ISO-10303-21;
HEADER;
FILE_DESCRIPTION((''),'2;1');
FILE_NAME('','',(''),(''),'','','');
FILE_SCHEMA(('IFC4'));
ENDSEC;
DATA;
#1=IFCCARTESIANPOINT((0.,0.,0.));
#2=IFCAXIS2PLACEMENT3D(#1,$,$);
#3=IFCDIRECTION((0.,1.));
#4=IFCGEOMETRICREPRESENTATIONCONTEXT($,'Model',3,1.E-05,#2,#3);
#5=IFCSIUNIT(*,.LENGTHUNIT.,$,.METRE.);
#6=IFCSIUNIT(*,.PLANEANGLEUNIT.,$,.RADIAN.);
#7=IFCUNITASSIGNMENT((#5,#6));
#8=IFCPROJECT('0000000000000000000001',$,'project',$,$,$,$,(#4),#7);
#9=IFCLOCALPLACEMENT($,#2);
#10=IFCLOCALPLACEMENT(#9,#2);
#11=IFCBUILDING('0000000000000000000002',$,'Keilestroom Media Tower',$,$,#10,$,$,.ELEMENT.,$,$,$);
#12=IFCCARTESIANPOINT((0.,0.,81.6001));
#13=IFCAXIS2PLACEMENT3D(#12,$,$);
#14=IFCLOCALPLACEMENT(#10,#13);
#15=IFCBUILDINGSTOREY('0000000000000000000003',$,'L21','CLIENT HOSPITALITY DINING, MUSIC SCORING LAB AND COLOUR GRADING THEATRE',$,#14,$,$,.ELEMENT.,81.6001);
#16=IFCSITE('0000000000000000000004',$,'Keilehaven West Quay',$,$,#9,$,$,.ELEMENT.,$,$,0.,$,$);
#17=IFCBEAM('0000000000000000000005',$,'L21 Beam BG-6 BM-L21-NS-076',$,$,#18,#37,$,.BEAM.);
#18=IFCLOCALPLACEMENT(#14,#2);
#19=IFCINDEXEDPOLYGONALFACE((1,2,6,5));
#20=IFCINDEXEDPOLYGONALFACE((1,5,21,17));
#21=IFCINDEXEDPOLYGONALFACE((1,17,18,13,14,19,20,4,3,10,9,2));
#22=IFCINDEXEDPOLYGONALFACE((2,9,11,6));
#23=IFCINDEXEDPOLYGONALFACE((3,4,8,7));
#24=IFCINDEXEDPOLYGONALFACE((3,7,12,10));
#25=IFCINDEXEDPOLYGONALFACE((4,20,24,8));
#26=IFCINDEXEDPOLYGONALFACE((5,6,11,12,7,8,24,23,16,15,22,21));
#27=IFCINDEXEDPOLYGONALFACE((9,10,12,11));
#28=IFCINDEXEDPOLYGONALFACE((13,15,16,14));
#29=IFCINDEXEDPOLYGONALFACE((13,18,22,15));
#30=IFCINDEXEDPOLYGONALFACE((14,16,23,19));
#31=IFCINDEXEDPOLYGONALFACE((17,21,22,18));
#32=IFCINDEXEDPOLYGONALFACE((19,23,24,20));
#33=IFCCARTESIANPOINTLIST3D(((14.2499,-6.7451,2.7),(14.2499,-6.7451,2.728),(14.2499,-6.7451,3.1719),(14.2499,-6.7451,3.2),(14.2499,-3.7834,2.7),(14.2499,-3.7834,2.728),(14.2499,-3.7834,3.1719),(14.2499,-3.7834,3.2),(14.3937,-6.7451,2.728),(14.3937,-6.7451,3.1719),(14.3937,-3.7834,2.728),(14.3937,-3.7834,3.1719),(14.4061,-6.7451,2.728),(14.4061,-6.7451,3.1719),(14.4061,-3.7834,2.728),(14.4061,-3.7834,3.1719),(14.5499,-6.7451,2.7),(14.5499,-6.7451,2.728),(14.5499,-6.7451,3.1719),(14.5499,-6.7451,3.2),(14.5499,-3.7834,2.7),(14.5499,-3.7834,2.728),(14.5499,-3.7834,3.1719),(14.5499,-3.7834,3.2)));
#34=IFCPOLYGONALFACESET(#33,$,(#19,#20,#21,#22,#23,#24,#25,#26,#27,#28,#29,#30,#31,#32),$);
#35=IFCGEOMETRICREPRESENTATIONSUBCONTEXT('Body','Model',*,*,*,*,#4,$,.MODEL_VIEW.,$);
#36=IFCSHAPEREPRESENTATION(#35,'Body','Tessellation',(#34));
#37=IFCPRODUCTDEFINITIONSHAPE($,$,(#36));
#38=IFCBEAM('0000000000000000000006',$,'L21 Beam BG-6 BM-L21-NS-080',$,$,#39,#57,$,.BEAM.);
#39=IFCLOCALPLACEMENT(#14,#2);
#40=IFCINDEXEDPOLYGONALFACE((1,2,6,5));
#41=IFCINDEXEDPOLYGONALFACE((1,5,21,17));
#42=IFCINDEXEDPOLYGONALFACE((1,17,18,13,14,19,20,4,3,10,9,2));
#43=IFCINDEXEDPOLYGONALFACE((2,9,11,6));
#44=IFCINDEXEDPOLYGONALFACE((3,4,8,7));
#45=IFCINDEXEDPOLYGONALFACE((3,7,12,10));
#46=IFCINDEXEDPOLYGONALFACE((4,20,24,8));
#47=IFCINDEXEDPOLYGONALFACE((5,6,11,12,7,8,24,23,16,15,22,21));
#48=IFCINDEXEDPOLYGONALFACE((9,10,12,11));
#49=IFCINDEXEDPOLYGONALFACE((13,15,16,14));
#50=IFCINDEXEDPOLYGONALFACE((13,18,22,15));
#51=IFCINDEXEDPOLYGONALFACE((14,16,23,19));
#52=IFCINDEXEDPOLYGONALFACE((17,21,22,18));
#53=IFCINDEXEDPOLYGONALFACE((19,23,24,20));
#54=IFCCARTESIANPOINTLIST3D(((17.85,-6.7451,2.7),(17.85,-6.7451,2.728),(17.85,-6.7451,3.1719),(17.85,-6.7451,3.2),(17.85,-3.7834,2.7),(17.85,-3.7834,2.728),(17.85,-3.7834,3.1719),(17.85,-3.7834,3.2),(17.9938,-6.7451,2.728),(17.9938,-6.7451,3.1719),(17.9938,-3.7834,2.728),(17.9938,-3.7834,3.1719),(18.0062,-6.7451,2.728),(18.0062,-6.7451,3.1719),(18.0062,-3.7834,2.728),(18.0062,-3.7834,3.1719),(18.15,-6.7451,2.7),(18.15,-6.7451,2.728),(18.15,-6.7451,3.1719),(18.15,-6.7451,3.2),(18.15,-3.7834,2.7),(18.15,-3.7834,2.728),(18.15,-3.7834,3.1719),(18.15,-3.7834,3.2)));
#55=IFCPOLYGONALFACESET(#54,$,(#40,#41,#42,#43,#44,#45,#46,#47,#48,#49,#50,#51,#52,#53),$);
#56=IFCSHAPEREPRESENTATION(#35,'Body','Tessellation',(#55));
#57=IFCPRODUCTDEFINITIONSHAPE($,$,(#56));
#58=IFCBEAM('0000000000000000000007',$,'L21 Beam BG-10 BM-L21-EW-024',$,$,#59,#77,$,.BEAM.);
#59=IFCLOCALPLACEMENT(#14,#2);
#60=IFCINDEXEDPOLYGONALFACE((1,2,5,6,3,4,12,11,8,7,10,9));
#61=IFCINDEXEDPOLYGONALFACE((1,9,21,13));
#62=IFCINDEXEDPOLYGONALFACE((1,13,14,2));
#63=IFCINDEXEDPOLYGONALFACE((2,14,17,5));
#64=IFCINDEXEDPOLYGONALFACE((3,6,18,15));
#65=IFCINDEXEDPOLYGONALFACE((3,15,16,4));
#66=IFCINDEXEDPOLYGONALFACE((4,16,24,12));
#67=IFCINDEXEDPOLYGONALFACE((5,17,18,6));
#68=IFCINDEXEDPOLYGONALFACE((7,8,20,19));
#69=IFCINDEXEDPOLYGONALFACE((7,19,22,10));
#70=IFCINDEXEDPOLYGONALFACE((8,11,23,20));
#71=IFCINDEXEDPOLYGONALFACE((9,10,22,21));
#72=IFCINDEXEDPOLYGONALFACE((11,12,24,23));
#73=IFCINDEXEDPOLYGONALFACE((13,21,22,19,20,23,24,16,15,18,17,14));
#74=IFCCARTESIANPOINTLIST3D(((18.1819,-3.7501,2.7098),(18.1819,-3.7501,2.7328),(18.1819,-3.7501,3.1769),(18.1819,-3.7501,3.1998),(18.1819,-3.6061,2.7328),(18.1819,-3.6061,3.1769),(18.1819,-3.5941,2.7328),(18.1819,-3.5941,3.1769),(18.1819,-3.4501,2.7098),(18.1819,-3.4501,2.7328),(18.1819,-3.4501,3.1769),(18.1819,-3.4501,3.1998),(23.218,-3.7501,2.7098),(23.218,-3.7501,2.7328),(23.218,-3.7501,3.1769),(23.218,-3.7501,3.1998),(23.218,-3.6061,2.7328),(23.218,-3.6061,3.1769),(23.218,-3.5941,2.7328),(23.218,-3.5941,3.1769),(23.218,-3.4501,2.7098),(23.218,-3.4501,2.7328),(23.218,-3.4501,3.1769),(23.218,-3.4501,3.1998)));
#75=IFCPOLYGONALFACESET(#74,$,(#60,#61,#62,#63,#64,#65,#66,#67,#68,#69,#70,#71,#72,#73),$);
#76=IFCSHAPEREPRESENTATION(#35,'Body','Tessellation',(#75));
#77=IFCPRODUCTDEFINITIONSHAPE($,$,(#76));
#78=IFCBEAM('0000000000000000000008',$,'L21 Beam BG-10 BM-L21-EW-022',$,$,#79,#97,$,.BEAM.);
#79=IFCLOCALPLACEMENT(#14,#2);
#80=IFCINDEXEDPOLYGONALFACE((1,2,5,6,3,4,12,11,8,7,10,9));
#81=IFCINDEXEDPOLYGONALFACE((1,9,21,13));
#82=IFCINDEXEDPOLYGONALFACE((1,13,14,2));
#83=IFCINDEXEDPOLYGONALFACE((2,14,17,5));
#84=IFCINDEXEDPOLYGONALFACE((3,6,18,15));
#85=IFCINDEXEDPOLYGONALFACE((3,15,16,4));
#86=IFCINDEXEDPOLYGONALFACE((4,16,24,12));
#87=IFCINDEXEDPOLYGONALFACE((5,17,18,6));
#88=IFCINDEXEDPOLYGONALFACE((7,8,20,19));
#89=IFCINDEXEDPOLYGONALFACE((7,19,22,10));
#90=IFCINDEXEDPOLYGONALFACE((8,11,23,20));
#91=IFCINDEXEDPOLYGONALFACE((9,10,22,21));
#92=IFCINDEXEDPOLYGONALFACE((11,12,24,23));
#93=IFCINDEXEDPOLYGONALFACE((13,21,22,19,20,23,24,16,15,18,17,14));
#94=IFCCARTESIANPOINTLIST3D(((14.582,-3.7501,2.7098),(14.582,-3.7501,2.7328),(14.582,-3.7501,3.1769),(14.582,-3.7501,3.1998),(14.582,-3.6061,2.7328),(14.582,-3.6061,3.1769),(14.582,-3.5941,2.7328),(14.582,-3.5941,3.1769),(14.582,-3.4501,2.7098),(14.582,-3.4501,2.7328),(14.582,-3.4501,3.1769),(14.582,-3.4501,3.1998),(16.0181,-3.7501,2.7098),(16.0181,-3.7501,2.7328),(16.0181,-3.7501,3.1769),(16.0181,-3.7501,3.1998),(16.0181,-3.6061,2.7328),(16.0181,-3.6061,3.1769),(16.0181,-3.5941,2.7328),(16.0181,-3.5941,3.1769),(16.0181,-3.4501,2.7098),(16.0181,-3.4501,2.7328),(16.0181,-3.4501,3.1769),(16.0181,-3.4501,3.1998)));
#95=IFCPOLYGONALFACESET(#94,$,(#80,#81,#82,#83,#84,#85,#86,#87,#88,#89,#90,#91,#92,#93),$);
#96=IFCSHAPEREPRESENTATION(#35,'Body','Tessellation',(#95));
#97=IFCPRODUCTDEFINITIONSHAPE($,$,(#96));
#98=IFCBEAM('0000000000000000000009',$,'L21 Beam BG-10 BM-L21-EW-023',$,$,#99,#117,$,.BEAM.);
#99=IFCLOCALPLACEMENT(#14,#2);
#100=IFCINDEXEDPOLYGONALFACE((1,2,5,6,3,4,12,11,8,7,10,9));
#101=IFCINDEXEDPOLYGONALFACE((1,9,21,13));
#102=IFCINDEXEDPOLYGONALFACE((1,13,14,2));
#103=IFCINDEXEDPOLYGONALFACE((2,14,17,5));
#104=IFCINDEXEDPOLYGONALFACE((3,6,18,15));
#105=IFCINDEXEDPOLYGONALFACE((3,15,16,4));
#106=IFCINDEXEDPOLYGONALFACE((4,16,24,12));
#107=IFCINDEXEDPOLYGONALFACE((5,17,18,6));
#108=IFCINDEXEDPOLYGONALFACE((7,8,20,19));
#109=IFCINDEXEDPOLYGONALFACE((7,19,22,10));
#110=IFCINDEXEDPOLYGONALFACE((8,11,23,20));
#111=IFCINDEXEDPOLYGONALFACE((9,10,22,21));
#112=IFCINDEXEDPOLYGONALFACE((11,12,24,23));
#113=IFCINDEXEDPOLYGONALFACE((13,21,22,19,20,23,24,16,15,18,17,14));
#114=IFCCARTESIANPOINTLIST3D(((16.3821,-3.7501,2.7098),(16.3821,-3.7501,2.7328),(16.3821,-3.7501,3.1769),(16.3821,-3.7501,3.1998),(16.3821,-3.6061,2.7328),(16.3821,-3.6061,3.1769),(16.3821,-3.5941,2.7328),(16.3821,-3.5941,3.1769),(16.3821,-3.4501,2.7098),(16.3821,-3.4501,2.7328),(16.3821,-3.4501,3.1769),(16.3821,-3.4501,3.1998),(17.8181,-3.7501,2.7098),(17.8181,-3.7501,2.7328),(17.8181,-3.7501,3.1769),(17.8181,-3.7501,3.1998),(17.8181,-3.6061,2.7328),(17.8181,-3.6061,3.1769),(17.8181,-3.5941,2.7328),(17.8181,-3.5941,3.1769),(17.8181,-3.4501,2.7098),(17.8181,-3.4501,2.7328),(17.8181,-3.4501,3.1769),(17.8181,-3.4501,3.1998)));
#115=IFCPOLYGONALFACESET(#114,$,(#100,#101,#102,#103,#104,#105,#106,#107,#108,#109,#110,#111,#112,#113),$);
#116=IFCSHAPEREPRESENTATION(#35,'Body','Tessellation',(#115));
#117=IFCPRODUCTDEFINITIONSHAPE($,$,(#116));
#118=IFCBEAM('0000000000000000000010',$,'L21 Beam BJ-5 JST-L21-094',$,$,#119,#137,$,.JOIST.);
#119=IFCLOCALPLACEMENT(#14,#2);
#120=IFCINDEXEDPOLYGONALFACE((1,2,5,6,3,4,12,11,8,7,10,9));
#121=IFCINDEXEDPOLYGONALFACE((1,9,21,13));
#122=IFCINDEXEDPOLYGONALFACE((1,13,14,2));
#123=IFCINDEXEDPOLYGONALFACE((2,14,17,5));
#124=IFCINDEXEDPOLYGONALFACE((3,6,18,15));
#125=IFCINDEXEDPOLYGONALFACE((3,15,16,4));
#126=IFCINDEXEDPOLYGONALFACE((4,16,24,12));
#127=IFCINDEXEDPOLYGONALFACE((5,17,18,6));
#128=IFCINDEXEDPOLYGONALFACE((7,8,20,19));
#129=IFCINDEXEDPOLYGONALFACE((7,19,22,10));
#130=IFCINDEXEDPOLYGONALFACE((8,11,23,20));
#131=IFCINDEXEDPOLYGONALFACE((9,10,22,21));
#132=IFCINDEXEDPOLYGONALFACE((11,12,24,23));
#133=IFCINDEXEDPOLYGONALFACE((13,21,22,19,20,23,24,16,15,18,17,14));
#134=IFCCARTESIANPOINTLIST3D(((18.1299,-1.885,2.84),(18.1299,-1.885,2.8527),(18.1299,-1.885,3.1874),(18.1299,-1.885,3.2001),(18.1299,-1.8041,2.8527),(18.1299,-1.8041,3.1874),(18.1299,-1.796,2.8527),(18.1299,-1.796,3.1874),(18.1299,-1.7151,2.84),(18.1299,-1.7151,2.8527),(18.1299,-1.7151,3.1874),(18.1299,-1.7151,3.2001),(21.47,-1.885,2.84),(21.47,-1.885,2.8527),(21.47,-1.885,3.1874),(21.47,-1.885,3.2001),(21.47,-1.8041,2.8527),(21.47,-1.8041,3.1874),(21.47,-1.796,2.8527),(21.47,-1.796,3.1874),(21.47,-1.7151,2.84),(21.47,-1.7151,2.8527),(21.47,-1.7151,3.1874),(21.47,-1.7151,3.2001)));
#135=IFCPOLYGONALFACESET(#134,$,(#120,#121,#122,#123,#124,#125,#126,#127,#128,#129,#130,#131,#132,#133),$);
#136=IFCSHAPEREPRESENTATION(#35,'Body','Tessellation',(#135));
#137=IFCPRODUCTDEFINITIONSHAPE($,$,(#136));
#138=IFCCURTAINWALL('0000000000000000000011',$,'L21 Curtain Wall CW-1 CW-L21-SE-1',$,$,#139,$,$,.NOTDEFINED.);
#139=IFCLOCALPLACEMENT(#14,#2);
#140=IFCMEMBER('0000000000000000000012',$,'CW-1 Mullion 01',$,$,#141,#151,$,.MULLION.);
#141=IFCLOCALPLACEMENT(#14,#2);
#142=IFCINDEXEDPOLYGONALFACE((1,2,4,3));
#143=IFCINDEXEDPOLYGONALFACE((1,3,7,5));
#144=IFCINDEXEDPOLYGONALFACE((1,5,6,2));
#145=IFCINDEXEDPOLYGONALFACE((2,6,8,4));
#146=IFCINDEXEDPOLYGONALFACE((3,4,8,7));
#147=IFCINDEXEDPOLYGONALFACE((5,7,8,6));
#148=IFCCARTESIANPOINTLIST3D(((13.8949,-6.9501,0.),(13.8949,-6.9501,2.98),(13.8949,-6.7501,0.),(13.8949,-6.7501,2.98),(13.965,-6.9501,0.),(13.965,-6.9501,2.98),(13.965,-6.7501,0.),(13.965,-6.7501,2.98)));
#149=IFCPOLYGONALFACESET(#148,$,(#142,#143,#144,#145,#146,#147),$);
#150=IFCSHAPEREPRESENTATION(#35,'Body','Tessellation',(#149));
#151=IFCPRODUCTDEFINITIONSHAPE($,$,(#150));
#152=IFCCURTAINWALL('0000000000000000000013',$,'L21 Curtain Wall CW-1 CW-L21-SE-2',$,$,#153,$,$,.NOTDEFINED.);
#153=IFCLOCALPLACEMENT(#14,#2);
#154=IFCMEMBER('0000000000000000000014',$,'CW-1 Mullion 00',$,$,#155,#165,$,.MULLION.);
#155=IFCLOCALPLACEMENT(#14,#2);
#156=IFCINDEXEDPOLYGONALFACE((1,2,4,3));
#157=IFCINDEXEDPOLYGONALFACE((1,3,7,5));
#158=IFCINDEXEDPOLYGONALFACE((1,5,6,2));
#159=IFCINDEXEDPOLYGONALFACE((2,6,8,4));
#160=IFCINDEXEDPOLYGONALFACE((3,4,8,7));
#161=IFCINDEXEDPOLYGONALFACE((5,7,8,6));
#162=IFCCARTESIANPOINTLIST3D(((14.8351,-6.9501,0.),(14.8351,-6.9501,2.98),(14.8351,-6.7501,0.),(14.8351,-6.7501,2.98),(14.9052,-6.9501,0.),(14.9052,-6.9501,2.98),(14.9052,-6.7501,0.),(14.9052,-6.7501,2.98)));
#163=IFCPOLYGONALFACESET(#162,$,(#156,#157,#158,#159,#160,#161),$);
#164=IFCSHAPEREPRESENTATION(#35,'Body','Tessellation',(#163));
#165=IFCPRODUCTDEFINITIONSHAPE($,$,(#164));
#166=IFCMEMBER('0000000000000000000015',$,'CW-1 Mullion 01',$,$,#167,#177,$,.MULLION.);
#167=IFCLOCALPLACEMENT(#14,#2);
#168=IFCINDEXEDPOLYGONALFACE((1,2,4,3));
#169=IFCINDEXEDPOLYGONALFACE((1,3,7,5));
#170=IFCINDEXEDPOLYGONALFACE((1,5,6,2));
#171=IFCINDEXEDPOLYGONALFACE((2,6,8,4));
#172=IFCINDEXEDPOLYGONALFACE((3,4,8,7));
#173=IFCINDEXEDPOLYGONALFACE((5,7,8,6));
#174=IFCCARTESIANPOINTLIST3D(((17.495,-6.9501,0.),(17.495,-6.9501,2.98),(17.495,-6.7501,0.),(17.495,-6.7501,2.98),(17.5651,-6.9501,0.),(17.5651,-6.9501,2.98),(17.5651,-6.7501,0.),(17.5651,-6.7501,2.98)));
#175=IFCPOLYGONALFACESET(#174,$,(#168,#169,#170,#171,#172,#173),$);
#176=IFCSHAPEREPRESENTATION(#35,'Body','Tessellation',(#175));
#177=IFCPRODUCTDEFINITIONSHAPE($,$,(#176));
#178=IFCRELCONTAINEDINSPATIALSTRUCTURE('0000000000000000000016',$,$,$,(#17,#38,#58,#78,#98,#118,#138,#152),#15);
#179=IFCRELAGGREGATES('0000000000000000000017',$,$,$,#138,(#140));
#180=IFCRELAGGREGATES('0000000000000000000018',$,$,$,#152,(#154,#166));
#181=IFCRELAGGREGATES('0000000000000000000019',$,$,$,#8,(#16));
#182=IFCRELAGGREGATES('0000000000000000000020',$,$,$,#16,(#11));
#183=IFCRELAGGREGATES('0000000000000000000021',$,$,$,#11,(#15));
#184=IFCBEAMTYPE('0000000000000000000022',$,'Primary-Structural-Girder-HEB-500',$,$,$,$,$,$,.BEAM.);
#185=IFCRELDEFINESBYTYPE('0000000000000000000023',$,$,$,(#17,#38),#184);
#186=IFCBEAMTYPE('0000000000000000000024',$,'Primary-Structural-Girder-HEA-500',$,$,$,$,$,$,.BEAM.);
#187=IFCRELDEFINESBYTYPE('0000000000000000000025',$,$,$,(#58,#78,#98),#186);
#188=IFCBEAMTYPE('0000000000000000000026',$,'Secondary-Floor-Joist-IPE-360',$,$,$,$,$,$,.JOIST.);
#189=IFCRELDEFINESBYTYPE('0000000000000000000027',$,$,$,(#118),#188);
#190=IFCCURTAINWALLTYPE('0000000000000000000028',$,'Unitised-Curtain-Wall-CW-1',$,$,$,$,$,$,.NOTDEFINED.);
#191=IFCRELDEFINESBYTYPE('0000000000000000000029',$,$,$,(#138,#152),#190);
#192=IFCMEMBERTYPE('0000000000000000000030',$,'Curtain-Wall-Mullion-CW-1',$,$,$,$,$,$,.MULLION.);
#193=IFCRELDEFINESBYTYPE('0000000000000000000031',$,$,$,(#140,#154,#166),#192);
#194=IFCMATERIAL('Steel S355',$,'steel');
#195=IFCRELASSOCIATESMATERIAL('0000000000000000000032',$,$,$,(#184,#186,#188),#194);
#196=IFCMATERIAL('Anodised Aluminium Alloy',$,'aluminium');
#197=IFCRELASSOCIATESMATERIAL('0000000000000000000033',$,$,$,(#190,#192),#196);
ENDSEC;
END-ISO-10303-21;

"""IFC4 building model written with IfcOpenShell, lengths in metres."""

from ifc_helpers import new_model, si_unit, direction, frame, origin, origin_2d, place, context, subcontext, project, spatial, rectangle, i_section, extrude, source, transform, mapped, material, material_profile, profile_set, type_object, element, aggregate, save


model = new_model("IFC4")

# Units and contexts
model_context = context("Model", 3, precision=1e-05, world=origin(), true_north=direction((0.0, 1.0)))
body_context = subcontext(model_context, "Body", "Model", "MODEL_VIEW")
ifc_project = project(units=[si_unit("LENGTHUNIT", "METRE"), si_unit("PLANEANGLEUNIT", "RADIAN")], contexts=[model_context])

# Site, building, storey
site_placement = place(None, origin())
site = spatial("IfcSite", under=ifc_project, at=site_placement, Name="Keilehaven West Quay", CompositionType="ELEMENT", RefElevation=0.0)
building_placement = place(site_placement, origin())
building = spatial("IfcBuilding", under=site, at=building_placement, Name="Keilestroom Media Tower", CompositionType="ELEMENT")
storey_placement = place(building_placement, frame((0.0, 0.0, 81.6001)))
storey = spatial("IfcBuildingStorey", under=building, at=storey_placement, Name="L21", Description="CLIENT HOSPITALITY DINING, MUSIC SCORING LAB AND COLOUR GRADING THEATRE", CompositionType="ELEMENT", Elevation=81.6001)

# Beams
ifc_material_1 = material(Name="Steel S355", Category="steel")
ifc_material_profile_1 = material_profile(ifc_material_1, i_section(OverallWidth=0.3, OverallDepth=0.5, WebThickness=0.0125, FlangeThickness=0.0281, at=origin_2d()), Name="HEB 500")
ifc_profile_set_1 = profile_set([ifc_material_profile_1], Name="Steel S355")
beam_type_1 = type_object("IfcBeamType", Name="Primary-Structural-Girder-HEB-500", PredefinedType="BEAM", material=ifc_profile_set_1)
shared_shape_1 = source(origin(), body_context, "Body", "SweptSolid", [
    extrude(i_section(OverallWidth=0.3, OverallDepth=0.5, WebThickness=0.0125, FlangeThickness=0.0281, at=origin_2d()), origin(), (0.0, 0.0, 1.0), 2.9617),
])
for number, where, z_axis, x_axis, name in (
    (1, (14.3999, -6.7451, 2.95), (0.0, 1.0, 0.0), (-1.0, 0.0, 0.0), "L21 Beam BG-6 BM-L21-NS-076"),
    (2, (18.0, -6.7451, 2.95), (0.0, 1.0, 0.0), (-1.0, 0.0, 0.0), "L21 Beam BG-6 BM-L21-NS-080"),
):
    element("IfcBeam", number, at=place(storey_placement, frame(where, z_axis=z_axis, x_axis=x_axis)), inside=storey, type_object=beam_type_1, Name=name, PredefinedType="BEAM", context=body_context, shape_type="MappedRepresentation", body=[
        mapped(shared_shape_1, transform((0.0, 0.0, 0.0), x_axis=(1.0, 0.0, 0.0), y_axis=(0.0, 1.0, 0.0), z_axis=(0.0, 0.0, 1.0), scale=1.0)),
    ])
ifc_material_profile_2 = material_profile(ifc_material_1, i_section(OverallWidth=0.3, OverallDepth=0.49, WebThickness=0.012, FlangeThickness=0.0229, at=origin_2d()), Name="HEA 500")
ifc_profile_set_2 = profile_set([ifc_material_profile_2], Name="Steel S355")
beam_type_2 = type_object("IfcBeamType", Name="Primary-Structural-Girder-HEA-500", PredefinedType="BEAM", material=ifc_profile_set_2)
shared_shape_2 = source(origin(), body_context, "Body", "SweptSolid", [
    extrude(i_section(OverallWidth=0.3, OverallDepth=0.49, WebThickness=0.012, FlangeThickness=0.0229, at=origin_2d()), origin(), (0.0, 0.0, 1.0), 5.0361),
])
beam_1_placement = place(storey_placement, frame((18.1819, -3.6001, 2.9548), z_axis=(1.0, 0.0, 0.0), x_axis=(0.0, 1.0, 0.0)))
element("IfcBeam", 3, at=beam_1_placement, inside=storey, type_object=beam_type_2, Name="L21 Beam BG-10 BM-L21-EW-024", PredefinedType="BEAM", context=body_context, shape_type="MappedRepresentation", body=[
    mapped(shared_shape_2, transform((0.0, 0.0, 0.0), x_axis=(1.0, 0.0, 0.0), y_axis=(0.0, 1.0, 0.0), z_axis=(0.0, 0.0, 1.0), scale=1.0)),
])
shared_shape_3 = source(origin(), body_context, "Body", "SweptSolid", [
    extrude(i_section(OverallWidth=0.3, OverallDepth=0.49, WebThickness=0.012, FlangeThickness=0.0229, at=origin_2d()), origin(), (0.0, 0.0, 1.0), 1.436),
])
for number, where, z_axis, x_axis, name in (
    (4, (14.582, -3.6001, 2.9548), (1.0, 0.0, 0.0), (0.0, 1.0, 0.0), "L21 Beam BG-10 BM-L21-EW-022"),
    (5, (16.3821, -3.6001, 2.9548), (1.0, 0.0, 0.0), (0.0, 1.0, 0.0), "L21 Beam BG-10 BM-L21-EW-023"),
):
    element("IfcBeam", number, at=place(storey_placement, frame(where, z_axis=z_axis, x_axis=x_axis)), inside=storey, type_object=beam_type_2, Name=name, PredefinedType="BEAM", context=body_context, shape_type="MappedRepresentation", body=[
        mapped(shared_shape_3, transform((0.0, 0.0, 0.0), x_axis=(1.0, 0.0, 0.0), y_axis=(0.0, 1.0, 0.0), z_axis=(0.0, 0.0, 1.0), scale=1.0)),
    ])
ifc_material_profile_3 = material_profile(ifc_material_1, i_section(OverallWidth=0.1699, OverallDepth=0.3601, WebThickness=0.0081, FlangeThickness=0.0127, at=origin_2d()), Name="IPE 360")
ifc_profile_set_3 = profile_set([ifc_material_profile_3], Name="Steel S355")
beam_type_3 = type_object("IfcBeamType", Name="Secondary-Floor-Joist-IPE-360", PredefinedType="JOIST", material=ifc_profile_set_3)
shared_shape_4 = source(origin(), body_context, "Body", "SweptSolid", [
    extrude(i_section(OverallWidth=0.1699, OverallDepth=0.3601, WebThickness=0.0081, FlangeThickness=0.0127, at=origin_2d()), origin(), (0.0, 0.0, 1.0), 3.3401),
])
beam_2_placement = place(storey_placement, frame((18.1299, -1.8, 3.02), z_axis=(1.0, 0.0, 0.0), x_axis=(0.0, 1.0, 0.0)))
element("IfcBeam", 6, at=beam_2_placement, inside=storey, type_object=beam_type_3, Name="L21 Beam BJ-5 JST-L21-094", PredefinedType="JOIST", context=body_context, shape_type="MappedRepresentation", body=[
    mapped(shared_shape_4, transform((0.0, 0.0, 0.0), x_axis=(1.0, 0.0, 0.0), y_axis=(0.0, 1.0, 0.0), z_axis=(0.0, 0.0, 1.0), scale=1.0)),
])

# Curtain wall, member
ifc_material_2 = material(Name="Anodised Aluminium Alloy", Category="aluminium")
curtain_wall_type = type_object("IfcCurtainWallType", Name="Unitised-Curtain-Wall-CW-1", PredefinedType="NOTDEFINED", material=ifc_material_2)
curtain_wall_1_placement = place(storey_placement, origin())
curtain_wall_1 = element("IfcCurtainWall", 7, at=curtain_wall_1_placement, inside=storey, type_object=curtain_wall_type, Name="L21 Curtain Wall CW-1 CW-L21-SE-1", PredefinedType="NOTDEFINED")
ifc_material_profile_4 = material_profile(ifc_material_2, rectangle(XDim=0.0701, YDim=0.2, at=origin_2d()), Name="ALU MULLION 70x200")
ifc_profile_set_4 = profile_set([ifc_material_profile_4], Name="Anodised Aluminium Alloy")
member_type_1 = type_object("IfcMemberType", Name="Curtain-Wall-Mullion-CW-1", PredefinedType="MULLION", material=ifc_profile_set_4)
shared_shape_5 = source(origin(), body_context, "Body", "SweptSolid", [
    extrude(rectangle(XDim=0.0701, YDim=0.2, at=origin_2d()), origin(), (0.0, 0.0, 1.0), 2.98),
])
member_1_placement = place(storey_placement, frame((13.9299, -6.8501, 0.0), z_axis=(0.0, 0.0, 1.0), x_axis=(1.0, 0.0, 0.0)))
member_1 = element("IfcMember", 8, at=member_1_placement, type_object=member_type_1, Name="CW-1 Mullion 01", PredefinedType="MULLION", context=body_context, shape_type="MappedRepresentation", body=[
    mapped(shared_shape_5, transform((0.0, 0.0, 0.0), x_axis=(1.0, 0.0, 0.0), y_axis=(0.0, 1.0, 0.0), z_axis=(0.0, 0.0, 1.0), scale=1.0)),
])
aggregate(curtain_wall_1, [member_1])

# Curtain wall, members
curtain_wall_2_placement = place(storey_placement, origin())
curtain_wall_2 = element("IfcCurtainWall", 9, at=curtain_wall_2_placement, inside=storey, type_object=curtain_wall_type, Name="L21 Curtain Wall CW-1 CW-L21-SE-2", PredefinedType="NOTDEFINED")
member_2_placement = place(storey_placement, frame((14.8701, -6.8501, 0.0), z_axis=(0.0, 0.0, 1.0), x_axis=(1.0, 0.0, 0.0)))
member_2 = element("IfcMember", 10, at=member_2_placement, type_object=member_type_1, Name="CW-1 Mullion 00", PredefinedType="MULLION", context=body_context, shape_type="MappedRepresentation", body=[
    mapped(shared_shape_5, transform((0.0, 0.0, 0.0), x_axis=(1.0, 0.0, 0.0), y_axis=(0.0, 1.0, 0.0), z_axis=(0.0, 0.0, 1.0), scale=1.0)),
])
member_3_placement = place(storey_placement, frame((17.53, -6.8501, 0.0), z_axis=(0.0, 0.0, 1.0), x_axis=(1.0, 0.0, 0.0)))
member_3 = element("IfcMember", 11, at=member_3_placement, type_object=member_type_1, Name="CW-1 Mullion 01", PredefinedType="MULLION", context=body_context, shape_type="MappedRepresentation", body=[
    mapped(shared_shape_5, transform((0.0, 0.0, 0.0), x_axis=(1.0, 0.0, 0.0), y_axis=(0.0, 1.0, 0.0), z_axis=(0.0, 0.0, 1.0), scale=1.0)),
])

aggregate(curtain_wall_2, [member_2, member_3])

save(model, "model.ifc")
